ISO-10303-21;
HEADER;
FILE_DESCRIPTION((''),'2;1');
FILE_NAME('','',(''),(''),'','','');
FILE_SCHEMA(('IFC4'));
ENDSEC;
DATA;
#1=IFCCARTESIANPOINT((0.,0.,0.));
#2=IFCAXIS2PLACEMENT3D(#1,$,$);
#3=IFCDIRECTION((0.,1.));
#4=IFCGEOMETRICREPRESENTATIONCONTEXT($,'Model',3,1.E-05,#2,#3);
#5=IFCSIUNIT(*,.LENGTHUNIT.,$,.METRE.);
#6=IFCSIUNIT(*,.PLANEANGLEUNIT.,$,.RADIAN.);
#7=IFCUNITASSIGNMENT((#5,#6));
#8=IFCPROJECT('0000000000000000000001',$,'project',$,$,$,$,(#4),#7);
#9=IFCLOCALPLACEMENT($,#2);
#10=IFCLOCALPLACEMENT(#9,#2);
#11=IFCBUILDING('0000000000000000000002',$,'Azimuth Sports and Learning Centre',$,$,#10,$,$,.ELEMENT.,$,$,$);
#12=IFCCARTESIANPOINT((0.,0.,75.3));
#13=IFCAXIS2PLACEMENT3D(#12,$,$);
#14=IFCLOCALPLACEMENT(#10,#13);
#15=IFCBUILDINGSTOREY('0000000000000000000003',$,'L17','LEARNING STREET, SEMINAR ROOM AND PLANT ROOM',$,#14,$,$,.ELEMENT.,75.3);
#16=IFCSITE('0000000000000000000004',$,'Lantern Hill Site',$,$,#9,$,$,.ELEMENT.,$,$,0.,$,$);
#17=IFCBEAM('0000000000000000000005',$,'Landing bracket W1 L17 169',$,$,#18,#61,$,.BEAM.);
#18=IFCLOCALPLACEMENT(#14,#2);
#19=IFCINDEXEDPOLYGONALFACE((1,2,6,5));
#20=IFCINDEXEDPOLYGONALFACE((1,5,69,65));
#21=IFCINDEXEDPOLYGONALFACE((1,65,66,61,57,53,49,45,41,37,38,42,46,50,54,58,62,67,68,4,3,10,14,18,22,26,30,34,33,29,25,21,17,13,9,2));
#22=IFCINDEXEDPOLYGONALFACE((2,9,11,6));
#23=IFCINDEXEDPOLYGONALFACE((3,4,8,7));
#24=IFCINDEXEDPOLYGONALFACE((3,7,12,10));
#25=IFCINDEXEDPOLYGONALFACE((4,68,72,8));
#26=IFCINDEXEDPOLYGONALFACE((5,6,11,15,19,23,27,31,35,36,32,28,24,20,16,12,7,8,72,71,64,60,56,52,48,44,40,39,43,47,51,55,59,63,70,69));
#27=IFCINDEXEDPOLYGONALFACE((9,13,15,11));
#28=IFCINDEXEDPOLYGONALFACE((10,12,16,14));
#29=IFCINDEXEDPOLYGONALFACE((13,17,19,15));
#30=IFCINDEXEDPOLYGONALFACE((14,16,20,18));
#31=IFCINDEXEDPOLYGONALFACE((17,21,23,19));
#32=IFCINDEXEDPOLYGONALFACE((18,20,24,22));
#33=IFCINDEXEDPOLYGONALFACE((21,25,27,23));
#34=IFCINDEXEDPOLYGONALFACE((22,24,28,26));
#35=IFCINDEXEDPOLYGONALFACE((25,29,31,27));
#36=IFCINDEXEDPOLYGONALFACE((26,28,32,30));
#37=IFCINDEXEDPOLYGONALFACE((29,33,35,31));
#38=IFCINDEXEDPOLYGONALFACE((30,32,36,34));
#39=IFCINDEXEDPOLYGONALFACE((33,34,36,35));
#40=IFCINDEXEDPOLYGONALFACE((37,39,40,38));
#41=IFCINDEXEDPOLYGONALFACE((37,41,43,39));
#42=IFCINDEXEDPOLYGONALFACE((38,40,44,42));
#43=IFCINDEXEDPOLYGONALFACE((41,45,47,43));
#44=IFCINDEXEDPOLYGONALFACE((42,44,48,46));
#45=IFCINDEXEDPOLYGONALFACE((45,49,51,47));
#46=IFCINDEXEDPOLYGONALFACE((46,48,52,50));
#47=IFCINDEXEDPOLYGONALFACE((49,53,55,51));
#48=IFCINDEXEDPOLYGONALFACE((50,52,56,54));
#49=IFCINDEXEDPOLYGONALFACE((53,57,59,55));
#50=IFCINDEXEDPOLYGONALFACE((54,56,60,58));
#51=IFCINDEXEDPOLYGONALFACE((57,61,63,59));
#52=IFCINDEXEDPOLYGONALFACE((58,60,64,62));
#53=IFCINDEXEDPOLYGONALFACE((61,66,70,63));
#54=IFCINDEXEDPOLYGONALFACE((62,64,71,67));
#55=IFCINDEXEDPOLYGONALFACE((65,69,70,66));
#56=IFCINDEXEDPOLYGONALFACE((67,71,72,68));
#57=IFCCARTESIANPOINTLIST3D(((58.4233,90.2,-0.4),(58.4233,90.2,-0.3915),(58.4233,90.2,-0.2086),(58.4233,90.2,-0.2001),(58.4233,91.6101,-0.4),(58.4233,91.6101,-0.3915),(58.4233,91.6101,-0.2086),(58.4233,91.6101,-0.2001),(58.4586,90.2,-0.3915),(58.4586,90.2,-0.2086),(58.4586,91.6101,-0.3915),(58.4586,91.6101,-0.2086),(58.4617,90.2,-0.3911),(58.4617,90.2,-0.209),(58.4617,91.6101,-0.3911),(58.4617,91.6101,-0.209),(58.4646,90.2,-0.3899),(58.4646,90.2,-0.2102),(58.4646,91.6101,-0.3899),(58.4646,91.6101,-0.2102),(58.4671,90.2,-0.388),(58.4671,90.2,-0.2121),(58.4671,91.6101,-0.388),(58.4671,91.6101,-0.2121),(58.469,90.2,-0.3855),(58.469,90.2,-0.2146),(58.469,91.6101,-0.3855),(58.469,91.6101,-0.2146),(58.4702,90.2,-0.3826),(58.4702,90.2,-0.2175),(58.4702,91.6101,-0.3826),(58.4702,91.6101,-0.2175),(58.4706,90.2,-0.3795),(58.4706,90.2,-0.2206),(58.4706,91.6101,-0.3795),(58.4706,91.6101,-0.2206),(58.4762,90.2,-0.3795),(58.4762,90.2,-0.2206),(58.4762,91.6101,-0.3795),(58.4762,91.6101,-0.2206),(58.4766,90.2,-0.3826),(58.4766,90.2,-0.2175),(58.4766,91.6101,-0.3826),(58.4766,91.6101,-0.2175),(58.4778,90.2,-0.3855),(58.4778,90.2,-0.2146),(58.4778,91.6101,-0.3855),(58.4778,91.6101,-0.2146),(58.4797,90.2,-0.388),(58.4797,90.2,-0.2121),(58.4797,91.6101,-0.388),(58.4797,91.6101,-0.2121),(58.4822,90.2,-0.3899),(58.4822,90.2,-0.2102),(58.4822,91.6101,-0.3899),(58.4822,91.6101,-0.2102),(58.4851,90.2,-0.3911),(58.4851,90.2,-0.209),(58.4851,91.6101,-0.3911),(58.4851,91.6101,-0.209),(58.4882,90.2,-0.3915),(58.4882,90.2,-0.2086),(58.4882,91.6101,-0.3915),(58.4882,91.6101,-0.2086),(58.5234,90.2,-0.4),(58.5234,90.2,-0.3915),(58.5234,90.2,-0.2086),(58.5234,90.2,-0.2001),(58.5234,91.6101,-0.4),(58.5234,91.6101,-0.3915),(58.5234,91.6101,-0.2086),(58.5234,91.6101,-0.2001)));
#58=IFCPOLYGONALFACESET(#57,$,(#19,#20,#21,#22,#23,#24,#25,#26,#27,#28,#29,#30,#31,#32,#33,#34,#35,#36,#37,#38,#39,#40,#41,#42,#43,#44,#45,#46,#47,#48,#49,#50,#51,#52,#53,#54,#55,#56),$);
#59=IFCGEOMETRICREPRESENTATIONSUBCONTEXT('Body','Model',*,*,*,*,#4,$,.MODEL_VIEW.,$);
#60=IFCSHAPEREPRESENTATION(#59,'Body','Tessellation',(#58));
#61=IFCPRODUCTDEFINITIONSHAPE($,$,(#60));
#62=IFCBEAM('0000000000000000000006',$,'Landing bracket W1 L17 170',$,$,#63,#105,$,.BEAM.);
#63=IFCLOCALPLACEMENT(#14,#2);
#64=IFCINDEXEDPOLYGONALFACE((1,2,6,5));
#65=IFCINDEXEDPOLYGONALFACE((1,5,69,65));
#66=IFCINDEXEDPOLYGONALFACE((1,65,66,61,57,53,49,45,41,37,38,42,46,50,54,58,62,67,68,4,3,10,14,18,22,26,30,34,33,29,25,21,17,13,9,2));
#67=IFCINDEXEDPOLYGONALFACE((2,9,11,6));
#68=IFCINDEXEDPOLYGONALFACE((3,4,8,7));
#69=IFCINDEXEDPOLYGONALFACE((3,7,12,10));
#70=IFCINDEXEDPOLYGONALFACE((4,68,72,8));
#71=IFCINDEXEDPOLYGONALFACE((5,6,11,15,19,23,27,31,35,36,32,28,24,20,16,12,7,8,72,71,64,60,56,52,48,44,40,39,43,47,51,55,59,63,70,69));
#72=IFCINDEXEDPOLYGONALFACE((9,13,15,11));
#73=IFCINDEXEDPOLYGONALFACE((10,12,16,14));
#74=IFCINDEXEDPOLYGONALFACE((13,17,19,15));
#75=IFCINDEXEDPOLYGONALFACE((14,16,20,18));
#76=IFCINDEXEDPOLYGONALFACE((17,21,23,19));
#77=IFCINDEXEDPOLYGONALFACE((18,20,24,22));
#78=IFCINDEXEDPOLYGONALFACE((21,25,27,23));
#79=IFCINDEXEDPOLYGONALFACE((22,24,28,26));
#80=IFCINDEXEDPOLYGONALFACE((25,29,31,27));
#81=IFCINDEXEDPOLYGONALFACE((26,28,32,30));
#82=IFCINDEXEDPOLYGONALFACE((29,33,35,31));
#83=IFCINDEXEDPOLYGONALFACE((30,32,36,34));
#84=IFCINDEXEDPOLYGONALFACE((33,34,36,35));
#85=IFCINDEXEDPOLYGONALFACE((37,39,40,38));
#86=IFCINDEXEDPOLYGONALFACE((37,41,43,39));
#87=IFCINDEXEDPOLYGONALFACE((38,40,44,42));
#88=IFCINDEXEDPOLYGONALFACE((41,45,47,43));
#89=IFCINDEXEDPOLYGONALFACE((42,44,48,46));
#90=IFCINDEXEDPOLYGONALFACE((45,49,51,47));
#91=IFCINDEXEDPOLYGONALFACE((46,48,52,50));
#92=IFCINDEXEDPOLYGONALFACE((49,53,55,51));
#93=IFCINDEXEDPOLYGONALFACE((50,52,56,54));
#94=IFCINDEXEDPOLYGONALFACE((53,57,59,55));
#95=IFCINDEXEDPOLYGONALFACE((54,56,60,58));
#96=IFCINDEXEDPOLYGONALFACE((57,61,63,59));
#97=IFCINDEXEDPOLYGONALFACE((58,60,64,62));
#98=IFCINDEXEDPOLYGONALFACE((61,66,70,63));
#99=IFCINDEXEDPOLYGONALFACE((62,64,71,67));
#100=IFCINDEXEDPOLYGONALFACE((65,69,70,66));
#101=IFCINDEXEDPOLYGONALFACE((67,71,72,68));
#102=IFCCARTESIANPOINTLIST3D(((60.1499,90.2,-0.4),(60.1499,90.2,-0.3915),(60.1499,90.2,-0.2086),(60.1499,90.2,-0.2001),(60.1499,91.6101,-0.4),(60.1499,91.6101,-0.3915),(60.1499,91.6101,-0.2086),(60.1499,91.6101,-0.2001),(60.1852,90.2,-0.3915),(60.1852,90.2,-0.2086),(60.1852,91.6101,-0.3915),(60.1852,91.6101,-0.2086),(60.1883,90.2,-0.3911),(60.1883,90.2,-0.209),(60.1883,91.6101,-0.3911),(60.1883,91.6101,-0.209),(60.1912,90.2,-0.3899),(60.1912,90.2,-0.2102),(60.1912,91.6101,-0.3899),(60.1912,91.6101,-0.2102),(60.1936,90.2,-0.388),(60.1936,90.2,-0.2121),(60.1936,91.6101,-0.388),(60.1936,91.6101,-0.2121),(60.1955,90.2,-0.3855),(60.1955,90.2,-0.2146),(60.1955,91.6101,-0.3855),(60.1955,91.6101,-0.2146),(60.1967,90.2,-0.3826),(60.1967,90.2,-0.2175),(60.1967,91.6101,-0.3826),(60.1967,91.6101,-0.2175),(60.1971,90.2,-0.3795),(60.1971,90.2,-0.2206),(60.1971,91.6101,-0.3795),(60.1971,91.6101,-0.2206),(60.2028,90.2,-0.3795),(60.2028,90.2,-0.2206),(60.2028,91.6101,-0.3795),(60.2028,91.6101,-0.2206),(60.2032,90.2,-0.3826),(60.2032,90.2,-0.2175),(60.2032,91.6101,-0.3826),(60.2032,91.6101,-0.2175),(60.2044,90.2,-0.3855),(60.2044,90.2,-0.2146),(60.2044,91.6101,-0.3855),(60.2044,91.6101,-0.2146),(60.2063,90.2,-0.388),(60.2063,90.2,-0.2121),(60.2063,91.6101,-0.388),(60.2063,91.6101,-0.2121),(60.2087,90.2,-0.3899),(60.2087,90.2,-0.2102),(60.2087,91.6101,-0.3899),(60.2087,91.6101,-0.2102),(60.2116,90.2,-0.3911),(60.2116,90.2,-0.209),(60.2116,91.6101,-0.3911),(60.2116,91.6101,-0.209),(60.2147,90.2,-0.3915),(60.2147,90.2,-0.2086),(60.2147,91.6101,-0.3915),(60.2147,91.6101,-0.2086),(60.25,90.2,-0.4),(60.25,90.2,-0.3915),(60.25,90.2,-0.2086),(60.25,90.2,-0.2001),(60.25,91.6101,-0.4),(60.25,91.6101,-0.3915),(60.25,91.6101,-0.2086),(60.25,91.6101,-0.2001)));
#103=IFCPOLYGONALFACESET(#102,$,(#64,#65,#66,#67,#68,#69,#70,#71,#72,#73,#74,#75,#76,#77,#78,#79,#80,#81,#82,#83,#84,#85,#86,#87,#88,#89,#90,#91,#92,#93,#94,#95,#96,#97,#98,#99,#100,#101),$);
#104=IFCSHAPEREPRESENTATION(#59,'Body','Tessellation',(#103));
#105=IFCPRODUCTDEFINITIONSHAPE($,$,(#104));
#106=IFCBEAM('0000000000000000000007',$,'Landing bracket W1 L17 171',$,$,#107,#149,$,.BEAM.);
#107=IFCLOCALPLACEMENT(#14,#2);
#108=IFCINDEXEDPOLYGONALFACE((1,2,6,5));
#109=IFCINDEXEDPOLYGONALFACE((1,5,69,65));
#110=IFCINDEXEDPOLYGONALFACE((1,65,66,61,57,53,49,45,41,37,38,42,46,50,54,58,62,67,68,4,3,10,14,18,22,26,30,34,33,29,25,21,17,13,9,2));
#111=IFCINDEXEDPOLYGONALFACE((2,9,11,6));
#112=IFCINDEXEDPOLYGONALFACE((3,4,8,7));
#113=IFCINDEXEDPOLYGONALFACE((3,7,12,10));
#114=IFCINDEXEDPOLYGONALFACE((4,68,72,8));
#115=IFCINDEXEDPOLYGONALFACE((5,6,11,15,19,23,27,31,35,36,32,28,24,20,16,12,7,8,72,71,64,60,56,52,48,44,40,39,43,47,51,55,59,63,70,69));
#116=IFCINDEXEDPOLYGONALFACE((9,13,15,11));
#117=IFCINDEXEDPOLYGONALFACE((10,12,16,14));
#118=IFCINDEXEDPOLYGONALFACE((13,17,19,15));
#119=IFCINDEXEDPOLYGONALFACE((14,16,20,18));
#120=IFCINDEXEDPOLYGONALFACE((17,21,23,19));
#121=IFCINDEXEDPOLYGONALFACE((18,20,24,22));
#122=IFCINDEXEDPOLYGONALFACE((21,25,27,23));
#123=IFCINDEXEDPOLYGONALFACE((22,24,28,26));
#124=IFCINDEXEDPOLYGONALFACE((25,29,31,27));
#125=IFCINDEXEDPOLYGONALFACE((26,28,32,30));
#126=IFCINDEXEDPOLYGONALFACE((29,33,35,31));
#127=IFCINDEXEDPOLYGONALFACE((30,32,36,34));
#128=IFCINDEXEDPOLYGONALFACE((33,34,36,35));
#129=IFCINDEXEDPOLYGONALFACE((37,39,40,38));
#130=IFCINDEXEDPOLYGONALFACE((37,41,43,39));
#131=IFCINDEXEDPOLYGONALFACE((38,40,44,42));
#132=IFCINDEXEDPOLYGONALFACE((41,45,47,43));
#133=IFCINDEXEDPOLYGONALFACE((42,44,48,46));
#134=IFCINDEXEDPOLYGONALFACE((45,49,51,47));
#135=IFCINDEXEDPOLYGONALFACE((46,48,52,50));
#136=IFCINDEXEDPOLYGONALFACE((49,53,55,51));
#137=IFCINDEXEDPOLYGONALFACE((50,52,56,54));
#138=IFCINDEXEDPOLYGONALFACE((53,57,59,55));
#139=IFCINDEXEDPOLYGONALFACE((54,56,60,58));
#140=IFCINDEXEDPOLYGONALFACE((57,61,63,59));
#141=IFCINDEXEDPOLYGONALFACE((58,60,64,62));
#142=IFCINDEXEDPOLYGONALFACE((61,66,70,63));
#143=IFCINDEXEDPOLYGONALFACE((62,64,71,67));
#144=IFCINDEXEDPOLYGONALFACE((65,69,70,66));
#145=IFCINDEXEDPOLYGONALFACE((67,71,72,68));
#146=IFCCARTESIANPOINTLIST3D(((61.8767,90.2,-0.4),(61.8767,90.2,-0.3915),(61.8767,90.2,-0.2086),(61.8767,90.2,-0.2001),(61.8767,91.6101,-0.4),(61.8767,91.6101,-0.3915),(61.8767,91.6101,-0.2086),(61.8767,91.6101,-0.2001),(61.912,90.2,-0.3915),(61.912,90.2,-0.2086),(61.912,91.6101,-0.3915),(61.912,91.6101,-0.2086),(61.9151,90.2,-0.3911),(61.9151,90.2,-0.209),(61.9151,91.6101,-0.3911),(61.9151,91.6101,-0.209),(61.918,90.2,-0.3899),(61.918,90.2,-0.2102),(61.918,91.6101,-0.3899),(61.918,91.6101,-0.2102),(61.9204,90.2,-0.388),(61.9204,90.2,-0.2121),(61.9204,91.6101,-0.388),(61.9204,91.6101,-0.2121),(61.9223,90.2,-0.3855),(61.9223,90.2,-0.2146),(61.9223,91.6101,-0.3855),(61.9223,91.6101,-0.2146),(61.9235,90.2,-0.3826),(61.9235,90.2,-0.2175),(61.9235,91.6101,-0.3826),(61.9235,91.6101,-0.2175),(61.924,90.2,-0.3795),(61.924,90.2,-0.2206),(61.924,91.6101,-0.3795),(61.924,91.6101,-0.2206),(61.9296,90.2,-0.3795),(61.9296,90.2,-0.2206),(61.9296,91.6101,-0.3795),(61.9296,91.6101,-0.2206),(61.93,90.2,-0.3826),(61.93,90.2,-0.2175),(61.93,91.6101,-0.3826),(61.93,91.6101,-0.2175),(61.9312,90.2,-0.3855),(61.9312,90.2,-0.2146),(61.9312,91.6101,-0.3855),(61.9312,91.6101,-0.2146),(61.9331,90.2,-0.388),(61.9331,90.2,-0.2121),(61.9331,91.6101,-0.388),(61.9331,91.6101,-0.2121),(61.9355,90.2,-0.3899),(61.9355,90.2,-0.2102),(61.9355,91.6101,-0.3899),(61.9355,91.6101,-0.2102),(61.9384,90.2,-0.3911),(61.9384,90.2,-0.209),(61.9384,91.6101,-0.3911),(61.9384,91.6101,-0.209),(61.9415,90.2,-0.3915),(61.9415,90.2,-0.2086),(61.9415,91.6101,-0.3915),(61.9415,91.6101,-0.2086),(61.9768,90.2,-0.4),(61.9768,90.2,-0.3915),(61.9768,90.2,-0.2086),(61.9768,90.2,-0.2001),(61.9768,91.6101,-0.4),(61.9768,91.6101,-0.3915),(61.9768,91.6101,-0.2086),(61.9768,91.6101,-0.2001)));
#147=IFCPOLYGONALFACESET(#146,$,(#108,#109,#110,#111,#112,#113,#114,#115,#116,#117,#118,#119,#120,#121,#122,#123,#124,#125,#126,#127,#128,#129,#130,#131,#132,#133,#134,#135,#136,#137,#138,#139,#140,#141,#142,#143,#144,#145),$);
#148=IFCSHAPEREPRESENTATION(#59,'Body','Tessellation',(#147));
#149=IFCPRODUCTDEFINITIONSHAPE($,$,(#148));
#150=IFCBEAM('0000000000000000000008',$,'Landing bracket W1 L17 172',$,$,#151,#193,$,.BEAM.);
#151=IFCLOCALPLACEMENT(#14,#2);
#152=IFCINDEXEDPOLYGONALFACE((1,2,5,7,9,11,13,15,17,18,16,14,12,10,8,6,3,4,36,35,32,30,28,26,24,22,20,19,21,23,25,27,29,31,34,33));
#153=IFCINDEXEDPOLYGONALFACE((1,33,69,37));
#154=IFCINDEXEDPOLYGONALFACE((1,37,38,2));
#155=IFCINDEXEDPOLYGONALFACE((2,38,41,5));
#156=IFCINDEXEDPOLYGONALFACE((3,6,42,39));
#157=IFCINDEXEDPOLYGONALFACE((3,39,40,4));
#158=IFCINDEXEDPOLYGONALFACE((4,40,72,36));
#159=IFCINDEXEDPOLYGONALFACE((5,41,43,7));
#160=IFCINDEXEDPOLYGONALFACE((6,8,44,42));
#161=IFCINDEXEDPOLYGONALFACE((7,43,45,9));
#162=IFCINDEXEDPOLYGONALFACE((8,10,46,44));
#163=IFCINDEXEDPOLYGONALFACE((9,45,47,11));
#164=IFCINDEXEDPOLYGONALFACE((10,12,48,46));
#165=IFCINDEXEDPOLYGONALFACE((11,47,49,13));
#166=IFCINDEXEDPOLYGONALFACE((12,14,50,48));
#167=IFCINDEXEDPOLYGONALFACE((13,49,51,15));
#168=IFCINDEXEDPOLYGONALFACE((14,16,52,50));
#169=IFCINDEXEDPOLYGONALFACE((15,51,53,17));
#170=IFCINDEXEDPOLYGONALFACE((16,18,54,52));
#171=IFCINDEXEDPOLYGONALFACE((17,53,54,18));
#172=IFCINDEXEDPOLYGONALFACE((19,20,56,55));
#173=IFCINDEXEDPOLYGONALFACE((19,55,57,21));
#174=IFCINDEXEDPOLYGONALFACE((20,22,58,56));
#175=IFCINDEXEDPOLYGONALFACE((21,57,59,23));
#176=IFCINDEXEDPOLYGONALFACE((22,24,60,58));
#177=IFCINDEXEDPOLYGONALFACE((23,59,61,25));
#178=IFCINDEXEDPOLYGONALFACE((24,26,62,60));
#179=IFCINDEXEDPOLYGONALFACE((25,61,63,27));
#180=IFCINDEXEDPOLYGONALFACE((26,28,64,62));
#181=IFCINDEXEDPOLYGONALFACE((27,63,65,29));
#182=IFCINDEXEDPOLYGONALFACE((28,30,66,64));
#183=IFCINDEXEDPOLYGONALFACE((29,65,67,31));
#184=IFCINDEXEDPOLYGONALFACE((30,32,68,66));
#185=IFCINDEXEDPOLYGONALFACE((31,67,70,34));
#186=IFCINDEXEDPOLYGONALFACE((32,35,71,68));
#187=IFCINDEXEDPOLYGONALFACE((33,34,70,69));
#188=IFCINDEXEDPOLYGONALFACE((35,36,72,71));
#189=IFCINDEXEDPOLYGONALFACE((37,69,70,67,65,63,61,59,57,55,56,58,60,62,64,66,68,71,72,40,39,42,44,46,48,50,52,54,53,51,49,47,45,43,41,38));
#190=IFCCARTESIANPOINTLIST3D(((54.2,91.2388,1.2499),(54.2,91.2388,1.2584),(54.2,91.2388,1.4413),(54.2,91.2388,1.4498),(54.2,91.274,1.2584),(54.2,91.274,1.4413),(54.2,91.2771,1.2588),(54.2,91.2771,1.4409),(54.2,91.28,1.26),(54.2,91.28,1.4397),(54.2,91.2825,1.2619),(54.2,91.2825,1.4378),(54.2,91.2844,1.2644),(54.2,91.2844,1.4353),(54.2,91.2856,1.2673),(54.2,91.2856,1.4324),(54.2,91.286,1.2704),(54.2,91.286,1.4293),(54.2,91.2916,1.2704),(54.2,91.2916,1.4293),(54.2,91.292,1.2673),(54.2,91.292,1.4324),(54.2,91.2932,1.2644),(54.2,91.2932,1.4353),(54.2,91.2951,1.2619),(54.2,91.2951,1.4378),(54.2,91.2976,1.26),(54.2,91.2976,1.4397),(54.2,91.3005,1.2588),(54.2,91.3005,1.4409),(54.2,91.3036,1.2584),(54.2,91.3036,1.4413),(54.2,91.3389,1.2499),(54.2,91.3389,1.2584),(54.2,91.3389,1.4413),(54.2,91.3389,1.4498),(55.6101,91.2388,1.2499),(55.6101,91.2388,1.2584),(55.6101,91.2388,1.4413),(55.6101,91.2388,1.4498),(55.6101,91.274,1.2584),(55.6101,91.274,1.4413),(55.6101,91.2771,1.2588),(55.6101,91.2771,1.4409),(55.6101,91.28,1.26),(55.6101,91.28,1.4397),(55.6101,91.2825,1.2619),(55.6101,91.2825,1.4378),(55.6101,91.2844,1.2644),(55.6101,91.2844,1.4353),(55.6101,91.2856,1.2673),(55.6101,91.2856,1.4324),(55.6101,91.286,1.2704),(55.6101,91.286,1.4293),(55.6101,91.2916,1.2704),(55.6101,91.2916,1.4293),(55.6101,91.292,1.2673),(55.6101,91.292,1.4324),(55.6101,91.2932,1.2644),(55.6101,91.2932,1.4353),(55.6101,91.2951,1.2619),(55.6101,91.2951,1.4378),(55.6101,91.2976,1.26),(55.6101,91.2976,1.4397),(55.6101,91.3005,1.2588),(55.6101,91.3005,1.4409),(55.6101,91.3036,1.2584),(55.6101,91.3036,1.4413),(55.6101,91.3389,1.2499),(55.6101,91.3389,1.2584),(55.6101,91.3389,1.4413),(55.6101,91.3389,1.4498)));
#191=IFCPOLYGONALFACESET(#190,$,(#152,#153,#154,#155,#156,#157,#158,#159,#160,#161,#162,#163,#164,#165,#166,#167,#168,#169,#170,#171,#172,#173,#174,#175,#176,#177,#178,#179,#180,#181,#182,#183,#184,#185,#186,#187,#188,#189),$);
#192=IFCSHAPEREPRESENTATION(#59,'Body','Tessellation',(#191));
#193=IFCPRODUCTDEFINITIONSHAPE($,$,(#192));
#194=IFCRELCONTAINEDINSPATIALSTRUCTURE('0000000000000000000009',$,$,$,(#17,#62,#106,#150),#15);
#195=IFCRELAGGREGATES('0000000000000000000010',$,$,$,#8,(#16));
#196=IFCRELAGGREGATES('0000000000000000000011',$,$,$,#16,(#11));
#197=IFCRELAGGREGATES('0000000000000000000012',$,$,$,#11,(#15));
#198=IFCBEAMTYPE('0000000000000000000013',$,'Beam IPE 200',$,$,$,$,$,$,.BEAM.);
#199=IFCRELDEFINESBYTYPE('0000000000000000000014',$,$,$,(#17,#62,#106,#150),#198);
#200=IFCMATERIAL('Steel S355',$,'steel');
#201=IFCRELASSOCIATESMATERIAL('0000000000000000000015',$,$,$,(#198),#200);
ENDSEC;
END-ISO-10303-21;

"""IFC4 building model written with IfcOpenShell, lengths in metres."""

from ifc_helpers import new_model, si_unit, direction, frame, origin, origin_2d, place, context, subcontext, project, spatial, i_section, extrude, material, material_profile, profile_set, type_object, element, save


model = new_model("IFC4")

# Units and contexts
model_context = context("Model", 3, precision=1e-05, world=origin(), true_north=direction((0.0, 1.0)))
body_context = subcontext(model_context, "Body", "Model", "MODEL_VIEW")
ifc_project = project(units=[si_unit("LENGTHUNIT", "METRE"), si_unit("PLANEANGLEUNIT", "RADIAN")], contexts=[model_context])

# Site, building, storey
site_placement = place(None, origin())
site = spatial("IfcSite", under=ifc_project, at=site_placement, Name="Lantern Hill Site", CompositionType="ELEMENT", RefElevation=0.0)
building_placement = place(site_placement, origin())
building = spatial("IfcBuilding", under=site, at=building_placement, Name="Azimuth Sports and Learning Centre", CompositionType="ELEMENT")
storey_placement = place(building_placement, frame((0.0, 0.0, 75.3)))
storey = spatial("IfcBuildingStorey", under=building, at=storey_placement, Name="L17", Description="LEARNING STREET, SEMINAR ROOM AND PLANT ROOM", CompositionType="ELEMENT", Elevation=75.3)

# Beams
ifc_material_1 = material(Name="Steel S355", Category="steel")
ifc_material_profile = material_profile(ifc_material_1, i_section(OverallWidth=0.1001, OverallDepth=0.2, WebThickness=0.0056, FlangeThickness=0.0085, FilletRadius=0.012, at=origin_2d()), Name="IPE 200")
ifc_profile_set = profile_set([ifc_material_profile], Name="Steel S355")
beam_type = type_object("IfcBeamType", Name="Beam IPE 200", PredefinedType="BEAM", material=ifc_profile_set)
for number, where, z_axis, x_axis, name in (
    (1, (58.4734, 90.2, -0.3), (0.0, 1.0, 0.0), (-1.0, 0.0, 0.0), "Landing bracket W1 L17 169"),
    (2, (60.2, 90.2, -0.3), (0.0, 1.0, 0.0), (-1.0, 0.0, 0.0), "Landing bracket W1 L17 170"),
    (3, (61.9268, 90.2, -0.3), (0.0, 1.0, 0.0), (-1.0, 0.0, 0.0), "Landing bracket W1 L17 171"),
    (4, (54.2, 91.2888, 1.3499), (1.0, 0.0, 0.0), (0.0, 1.0, 0.0), "Landing bracket W1 L17 172"),
):
    element("IfcBeam", number, at=place(storey_placement, frame(where, z_axis=z_axis, x_axis=x_axis)), inside=storey, type_object=beam_type, Name=name, PredefinedType="BEAM", context=body_context, shape_type="SweptSolid", body=[
        extrude(i_section(OverallWidth=0.1001, OverallDepth=0.2, WebThickness=0.0056, FlangeThickness=0.0085, FilletRadius=0.012, at=origin_2d()), origin(), (0.0, 0.0, 1.0), 1.4102),
    ])

save(model, "model.ifc")
